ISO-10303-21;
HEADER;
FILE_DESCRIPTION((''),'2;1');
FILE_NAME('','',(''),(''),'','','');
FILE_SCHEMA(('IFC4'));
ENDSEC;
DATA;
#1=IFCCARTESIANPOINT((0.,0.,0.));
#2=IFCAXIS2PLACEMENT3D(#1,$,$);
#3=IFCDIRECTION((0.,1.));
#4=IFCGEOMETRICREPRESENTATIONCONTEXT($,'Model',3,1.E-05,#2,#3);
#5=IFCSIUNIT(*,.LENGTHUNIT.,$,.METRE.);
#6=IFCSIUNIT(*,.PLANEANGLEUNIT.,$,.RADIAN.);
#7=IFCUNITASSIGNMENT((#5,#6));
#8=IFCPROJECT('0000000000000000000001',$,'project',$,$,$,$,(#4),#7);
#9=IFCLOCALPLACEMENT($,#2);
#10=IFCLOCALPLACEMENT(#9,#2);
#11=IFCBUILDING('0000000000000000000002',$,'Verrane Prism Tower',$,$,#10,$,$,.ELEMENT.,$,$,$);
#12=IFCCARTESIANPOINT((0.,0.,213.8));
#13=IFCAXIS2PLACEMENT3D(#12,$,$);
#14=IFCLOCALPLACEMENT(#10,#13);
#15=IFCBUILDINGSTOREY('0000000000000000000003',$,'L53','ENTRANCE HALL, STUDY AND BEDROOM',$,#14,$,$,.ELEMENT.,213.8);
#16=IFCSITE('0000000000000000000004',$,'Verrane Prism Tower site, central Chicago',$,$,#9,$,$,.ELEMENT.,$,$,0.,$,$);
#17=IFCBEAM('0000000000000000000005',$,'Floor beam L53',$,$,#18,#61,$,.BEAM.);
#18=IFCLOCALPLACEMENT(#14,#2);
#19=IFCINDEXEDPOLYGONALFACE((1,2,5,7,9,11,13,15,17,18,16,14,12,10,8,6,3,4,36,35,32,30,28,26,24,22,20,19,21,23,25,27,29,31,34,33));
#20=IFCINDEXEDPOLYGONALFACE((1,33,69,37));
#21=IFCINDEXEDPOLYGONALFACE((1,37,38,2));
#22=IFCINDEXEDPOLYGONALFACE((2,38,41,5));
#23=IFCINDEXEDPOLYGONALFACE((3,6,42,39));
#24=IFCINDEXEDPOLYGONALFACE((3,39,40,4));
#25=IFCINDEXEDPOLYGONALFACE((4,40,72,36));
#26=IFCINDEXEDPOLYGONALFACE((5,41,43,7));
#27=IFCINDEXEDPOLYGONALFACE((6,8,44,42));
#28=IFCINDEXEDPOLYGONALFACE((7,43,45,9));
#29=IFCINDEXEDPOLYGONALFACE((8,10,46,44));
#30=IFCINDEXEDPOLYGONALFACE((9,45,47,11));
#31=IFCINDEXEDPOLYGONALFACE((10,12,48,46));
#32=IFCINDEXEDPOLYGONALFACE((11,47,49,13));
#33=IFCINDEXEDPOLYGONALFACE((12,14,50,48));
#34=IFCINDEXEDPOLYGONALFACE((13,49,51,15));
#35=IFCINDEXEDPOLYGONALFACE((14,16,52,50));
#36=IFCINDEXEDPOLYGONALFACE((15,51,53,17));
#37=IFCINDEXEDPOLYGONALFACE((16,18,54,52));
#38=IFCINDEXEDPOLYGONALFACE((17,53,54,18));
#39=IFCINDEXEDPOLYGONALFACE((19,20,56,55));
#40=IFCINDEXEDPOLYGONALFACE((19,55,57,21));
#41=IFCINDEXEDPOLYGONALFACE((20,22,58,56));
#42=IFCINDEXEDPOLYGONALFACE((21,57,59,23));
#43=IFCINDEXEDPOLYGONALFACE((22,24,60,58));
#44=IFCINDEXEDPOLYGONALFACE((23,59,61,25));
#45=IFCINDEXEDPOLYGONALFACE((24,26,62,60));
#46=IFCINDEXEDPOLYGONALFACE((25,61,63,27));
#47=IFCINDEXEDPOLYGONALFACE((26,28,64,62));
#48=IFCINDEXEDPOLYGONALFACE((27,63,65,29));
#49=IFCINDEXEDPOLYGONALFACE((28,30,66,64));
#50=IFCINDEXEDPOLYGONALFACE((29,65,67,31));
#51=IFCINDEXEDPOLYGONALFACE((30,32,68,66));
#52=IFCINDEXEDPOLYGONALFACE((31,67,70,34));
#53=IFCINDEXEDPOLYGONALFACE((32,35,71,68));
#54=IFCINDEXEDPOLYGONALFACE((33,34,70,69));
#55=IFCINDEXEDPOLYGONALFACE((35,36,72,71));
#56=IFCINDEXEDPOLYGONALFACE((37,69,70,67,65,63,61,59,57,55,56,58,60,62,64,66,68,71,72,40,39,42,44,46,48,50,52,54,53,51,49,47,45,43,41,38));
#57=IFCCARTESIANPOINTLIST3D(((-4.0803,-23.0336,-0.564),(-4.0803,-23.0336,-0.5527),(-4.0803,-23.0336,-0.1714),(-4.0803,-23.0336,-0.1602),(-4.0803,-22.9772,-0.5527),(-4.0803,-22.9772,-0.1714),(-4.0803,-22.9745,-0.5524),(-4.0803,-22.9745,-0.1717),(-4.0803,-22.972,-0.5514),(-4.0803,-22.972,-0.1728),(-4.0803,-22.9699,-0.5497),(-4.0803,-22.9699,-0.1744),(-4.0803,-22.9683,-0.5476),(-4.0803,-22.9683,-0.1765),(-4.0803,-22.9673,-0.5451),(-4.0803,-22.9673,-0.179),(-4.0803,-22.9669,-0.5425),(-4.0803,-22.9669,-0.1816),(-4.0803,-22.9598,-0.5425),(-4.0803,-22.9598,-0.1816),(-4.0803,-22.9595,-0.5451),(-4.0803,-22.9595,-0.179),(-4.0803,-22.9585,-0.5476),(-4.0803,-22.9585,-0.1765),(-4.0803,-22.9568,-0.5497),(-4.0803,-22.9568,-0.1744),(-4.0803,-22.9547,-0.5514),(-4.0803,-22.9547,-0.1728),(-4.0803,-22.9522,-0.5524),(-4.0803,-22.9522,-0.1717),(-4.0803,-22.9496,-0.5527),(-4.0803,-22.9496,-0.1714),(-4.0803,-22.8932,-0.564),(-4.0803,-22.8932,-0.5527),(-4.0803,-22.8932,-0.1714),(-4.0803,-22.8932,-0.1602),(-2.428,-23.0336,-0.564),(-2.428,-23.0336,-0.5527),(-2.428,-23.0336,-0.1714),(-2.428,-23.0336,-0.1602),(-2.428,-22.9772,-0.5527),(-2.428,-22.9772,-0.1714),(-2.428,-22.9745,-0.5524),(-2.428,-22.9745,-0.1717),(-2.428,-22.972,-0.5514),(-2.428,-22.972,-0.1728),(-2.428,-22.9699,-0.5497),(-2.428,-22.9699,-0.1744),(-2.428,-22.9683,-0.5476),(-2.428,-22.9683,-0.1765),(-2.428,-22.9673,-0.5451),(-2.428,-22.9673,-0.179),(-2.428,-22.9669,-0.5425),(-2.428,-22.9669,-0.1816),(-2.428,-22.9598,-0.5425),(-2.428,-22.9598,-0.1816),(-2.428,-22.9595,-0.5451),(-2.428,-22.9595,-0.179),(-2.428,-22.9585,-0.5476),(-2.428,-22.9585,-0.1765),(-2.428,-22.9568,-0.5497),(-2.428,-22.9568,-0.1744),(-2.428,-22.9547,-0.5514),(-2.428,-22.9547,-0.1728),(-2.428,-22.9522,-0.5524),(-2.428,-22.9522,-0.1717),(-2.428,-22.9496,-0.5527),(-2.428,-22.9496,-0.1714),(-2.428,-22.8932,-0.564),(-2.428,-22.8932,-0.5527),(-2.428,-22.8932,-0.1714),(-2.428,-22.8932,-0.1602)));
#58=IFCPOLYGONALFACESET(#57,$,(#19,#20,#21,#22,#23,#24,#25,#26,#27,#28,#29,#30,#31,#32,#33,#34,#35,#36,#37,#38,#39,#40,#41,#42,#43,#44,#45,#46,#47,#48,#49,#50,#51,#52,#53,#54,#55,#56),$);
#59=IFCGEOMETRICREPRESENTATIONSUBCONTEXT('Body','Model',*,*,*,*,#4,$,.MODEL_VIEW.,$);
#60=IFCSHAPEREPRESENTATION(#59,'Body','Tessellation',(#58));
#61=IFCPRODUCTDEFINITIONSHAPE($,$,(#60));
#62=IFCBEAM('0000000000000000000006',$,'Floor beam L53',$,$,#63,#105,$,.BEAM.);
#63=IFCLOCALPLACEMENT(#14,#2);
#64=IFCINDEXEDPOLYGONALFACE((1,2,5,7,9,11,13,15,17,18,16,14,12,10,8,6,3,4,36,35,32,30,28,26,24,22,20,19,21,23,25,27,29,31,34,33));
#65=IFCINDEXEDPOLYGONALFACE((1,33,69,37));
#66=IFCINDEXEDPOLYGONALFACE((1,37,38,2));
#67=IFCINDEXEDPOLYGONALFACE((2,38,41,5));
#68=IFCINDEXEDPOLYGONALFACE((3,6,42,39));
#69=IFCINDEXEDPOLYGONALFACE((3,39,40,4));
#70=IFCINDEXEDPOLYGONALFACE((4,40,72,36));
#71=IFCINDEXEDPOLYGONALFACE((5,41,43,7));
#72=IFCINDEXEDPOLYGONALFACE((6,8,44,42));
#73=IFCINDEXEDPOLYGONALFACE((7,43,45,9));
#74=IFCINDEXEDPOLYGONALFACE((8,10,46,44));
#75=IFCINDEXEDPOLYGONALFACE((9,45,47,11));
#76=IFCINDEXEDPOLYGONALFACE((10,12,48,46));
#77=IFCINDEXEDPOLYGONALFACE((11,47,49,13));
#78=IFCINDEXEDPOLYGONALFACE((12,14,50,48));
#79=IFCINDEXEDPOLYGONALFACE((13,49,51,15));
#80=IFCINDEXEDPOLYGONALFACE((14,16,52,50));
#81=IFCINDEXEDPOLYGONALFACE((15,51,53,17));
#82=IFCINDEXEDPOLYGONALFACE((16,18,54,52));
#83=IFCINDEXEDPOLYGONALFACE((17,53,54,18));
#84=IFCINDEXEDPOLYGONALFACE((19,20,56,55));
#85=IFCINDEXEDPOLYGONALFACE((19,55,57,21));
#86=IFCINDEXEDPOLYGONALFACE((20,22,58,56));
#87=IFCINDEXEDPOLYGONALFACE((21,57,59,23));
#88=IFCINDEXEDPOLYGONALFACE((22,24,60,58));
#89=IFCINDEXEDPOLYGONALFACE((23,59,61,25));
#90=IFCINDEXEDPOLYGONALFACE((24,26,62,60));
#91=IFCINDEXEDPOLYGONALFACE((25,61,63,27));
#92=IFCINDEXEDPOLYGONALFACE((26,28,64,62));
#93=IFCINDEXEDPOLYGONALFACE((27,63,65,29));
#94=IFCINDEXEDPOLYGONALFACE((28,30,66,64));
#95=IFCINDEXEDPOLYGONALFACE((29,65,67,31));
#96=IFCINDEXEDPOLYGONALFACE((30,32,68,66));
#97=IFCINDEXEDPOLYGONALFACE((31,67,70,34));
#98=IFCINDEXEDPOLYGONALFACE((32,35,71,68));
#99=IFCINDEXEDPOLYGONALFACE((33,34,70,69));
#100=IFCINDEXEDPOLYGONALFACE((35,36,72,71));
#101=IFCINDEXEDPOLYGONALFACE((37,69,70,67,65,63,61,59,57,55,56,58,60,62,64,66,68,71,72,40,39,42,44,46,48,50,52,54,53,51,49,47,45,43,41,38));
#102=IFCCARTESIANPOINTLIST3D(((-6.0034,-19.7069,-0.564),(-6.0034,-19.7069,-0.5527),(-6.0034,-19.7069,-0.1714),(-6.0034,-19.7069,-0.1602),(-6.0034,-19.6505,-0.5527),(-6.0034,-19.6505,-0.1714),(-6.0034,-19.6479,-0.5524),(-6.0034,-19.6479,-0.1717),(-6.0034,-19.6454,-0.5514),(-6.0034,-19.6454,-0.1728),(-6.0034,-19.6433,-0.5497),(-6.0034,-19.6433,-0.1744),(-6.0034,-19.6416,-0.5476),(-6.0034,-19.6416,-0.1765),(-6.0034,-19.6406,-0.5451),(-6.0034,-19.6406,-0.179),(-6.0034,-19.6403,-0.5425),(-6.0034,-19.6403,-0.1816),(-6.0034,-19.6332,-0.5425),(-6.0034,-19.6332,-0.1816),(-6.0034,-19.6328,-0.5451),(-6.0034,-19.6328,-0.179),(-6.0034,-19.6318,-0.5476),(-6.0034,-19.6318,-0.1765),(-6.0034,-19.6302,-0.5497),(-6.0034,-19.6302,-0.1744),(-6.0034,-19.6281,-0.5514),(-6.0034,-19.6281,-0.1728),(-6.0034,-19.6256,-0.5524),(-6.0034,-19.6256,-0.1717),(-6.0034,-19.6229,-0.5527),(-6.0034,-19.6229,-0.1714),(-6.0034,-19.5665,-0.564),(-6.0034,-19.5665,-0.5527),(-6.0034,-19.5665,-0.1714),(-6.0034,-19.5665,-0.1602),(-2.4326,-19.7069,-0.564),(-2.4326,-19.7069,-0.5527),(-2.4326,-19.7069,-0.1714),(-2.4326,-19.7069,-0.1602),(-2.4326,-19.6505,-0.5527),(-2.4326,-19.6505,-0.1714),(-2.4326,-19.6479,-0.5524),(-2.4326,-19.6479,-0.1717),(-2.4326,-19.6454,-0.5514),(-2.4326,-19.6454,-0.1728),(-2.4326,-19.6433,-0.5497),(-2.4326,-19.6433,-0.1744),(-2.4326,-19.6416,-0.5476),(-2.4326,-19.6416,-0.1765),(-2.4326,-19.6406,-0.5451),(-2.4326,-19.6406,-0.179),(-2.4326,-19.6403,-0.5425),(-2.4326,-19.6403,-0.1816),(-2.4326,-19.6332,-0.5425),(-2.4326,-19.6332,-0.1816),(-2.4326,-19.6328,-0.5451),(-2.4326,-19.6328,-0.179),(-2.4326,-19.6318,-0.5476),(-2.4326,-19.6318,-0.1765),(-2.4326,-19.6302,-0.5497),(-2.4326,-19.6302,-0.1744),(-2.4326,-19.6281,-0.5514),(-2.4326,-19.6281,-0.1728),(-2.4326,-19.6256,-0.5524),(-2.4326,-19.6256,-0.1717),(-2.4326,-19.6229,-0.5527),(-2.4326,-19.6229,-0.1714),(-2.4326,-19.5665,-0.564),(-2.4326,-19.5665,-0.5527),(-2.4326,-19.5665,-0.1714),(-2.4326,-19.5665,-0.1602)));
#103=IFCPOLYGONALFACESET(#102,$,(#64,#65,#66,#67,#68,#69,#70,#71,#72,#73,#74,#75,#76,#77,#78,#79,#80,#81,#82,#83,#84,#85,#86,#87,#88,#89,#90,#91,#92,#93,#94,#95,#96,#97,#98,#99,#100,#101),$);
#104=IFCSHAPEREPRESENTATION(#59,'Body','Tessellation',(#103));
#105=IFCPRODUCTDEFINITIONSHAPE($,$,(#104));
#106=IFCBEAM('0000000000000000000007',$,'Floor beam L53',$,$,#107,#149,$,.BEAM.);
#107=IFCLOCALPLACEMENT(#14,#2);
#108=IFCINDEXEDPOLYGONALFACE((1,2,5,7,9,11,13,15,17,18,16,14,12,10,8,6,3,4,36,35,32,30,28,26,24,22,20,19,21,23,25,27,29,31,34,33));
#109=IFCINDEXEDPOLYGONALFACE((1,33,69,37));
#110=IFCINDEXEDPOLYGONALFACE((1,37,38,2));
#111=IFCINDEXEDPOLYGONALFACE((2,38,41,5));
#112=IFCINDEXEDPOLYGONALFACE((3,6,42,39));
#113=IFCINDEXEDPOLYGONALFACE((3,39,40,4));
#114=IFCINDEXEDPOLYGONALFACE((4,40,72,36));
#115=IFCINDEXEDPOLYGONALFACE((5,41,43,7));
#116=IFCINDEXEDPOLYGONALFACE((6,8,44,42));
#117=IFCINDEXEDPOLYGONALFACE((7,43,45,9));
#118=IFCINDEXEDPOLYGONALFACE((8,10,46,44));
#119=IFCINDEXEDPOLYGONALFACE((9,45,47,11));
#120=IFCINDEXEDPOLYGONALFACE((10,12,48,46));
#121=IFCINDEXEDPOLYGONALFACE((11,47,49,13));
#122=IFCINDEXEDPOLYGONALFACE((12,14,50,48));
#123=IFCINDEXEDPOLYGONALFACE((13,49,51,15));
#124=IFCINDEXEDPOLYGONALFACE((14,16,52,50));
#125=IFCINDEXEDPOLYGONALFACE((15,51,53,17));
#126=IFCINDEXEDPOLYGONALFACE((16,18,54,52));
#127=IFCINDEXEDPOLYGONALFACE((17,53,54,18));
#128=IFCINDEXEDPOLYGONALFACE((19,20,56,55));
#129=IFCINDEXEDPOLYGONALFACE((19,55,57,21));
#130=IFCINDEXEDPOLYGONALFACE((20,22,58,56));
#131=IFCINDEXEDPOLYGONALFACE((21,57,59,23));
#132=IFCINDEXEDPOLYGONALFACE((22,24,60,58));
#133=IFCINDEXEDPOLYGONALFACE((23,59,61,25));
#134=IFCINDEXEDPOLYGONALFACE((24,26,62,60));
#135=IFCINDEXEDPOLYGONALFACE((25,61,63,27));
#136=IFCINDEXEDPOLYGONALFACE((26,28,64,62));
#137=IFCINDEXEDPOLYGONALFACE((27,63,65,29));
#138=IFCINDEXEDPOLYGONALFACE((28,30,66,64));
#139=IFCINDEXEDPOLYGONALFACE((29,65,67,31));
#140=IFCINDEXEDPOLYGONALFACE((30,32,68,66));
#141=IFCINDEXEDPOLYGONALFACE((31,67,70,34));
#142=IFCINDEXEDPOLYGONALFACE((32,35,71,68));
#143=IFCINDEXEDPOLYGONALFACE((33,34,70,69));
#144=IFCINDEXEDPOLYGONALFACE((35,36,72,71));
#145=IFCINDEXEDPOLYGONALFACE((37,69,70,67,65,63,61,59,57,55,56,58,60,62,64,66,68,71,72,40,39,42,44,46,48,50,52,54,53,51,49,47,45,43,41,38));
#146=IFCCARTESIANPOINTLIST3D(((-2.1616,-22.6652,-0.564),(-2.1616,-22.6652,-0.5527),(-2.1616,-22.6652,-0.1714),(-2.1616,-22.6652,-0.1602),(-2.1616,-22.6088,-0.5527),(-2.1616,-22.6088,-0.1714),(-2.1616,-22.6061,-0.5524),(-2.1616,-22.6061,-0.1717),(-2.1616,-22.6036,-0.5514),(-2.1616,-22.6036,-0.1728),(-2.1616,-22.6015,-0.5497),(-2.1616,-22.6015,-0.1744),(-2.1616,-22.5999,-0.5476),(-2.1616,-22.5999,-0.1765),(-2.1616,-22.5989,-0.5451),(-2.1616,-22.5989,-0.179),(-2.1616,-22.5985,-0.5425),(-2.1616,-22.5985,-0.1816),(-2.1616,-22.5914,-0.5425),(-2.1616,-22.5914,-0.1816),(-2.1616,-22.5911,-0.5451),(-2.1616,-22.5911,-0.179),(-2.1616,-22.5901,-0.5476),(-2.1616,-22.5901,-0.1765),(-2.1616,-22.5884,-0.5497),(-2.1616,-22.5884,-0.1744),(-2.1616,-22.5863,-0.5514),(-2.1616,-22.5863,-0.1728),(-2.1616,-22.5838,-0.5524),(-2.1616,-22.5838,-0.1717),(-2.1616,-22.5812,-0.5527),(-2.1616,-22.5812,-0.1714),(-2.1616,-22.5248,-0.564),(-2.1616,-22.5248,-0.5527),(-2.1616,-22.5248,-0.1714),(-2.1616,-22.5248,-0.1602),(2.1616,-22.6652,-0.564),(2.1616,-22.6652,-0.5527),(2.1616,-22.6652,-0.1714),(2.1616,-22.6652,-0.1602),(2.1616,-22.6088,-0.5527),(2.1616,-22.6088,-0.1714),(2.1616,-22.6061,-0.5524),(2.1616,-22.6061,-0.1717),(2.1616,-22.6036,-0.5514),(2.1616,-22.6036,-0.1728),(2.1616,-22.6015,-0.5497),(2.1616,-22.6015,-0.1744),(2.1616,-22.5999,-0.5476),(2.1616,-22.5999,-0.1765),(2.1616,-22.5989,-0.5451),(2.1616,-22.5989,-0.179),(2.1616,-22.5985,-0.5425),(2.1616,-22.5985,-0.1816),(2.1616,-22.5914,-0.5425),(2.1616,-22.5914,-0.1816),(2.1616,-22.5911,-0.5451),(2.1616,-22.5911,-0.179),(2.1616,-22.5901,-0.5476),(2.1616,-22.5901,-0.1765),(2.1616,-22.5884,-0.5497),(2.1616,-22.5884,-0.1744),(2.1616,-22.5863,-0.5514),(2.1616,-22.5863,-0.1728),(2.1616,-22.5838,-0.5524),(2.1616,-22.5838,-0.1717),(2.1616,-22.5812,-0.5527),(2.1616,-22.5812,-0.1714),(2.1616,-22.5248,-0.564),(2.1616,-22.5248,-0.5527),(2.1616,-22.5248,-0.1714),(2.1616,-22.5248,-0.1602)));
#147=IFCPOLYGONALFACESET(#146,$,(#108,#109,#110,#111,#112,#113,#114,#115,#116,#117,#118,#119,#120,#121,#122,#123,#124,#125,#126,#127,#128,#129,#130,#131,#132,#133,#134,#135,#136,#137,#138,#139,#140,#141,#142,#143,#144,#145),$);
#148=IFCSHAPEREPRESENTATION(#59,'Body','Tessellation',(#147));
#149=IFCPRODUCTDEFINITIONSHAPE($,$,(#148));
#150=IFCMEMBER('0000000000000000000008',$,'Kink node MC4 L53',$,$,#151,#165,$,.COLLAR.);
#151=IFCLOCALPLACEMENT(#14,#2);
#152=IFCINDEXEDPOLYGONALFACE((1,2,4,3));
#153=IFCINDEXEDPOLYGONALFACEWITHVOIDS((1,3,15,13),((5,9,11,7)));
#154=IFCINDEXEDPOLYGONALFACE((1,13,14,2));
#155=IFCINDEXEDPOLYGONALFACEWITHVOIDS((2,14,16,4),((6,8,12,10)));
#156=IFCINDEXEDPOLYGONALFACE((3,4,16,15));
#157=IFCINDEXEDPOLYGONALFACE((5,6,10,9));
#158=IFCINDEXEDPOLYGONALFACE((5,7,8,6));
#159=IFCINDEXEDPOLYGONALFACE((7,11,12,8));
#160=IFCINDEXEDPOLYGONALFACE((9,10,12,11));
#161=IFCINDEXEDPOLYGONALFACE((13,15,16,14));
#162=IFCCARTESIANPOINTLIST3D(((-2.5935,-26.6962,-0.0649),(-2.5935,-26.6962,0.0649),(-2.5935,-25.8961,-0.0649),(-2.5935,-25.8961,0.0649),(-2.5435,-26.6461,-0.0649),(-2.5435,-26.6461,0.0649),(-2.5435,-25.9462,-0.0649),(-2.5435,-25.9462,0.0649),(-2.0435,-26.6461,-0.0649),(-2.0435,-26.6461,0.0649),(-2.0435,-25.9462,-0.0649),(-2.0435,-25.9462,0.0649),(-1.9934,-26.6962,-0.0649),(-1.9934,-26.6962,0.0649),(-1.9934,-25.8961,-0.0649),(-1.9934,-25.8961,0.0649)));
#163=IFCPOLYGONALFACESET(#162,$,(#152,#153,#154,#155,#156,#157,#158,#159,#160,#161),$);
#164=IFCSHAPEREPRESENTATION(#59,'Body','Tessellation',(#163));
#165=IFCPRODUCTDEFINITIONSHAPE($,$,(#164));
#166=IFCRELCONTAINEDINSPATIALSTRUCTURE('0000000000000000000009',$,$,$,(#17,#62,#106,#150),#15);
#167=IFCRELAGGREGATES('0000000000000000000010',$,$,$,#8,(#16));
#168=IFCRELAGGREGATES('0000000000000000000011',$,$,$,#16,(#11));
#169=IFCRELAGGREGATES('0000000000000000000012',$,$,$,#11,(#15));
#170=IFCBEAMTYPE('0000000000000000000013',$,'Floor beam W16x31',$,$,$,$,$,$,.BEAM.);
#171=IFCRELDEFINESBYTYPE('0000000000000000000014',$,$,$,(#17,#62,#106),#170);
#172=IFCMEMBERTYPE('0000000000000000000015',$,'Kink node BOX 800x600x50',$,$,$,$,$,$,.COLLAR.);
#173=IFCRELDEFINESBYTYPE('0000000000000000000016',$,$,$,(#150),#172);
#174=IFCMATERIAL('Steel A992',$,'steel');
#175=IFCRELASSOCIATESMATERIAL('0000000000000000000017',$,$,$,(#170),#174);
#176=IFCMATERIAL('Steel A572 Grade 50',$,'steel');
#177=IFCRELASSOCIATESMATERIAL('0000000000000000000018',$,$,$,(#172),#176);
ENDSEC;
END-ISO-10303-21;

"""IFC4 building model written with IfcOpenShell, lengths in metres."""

from ifc_helpers import new_model, si_unit, direction, frame, origin, origin_2d, place, context, subcontext, project, spatial, hollow_rectangle, i_section, extrude, material, material_profile, profile_set, type_object, element, save


model = new_model("IFC4")

# Units and contexts
model_context = context("Model", 3, precision=1e-05, world=origin(), true_north=direction((0.0, 1.0)))
body_context = subcontext(model_context, "Body", "Model", "MODEL_VIEW")
ifc_project = project(units=[si_unit("LENGTHUNIT", "METRE"), si_unit("PLANEANGLEUNIT", "RADIAN")], contexts=[model_context])

# Site, building, storey
site_placement = place(None, origin())
site = spatial("IfcSite", under=ifc_project, at=site_placement, Name="Verrane Prism Tower site, central Chicago", CompositionType="ELEMENT", RefElevation=0.0)
building_placement = place(site_placement, origin())
building = spatial("IfcBuilding", under=site, at=building_placement, Name="Verrane Prism Tower", CompositionType="ELEMENT")
storey_placement = place(building_placement, frame((0.0, 0.0, 213.8)))
storey = spatial("IfcBuildingStorey", under=building, at=storey_placement, Name="L53", Description="ENTRANCE HALL, STUDY AND BEDROOM", CompositionType="ELEMENT", Elevation=213.8)

# Beams
ifc_material_1 = material(Name="Steel A992", Category="steel")
ifc_material_profile_1 = material_profile(ifc_material_1, i_section(OverallWidth=0.1404, OverallDepth=0.4038, WebThickness=0.0071, FlangeThickness=0.0112, FilletRadius=0.0103, at=origin_2d()), Name="W16x31")
ifc_profile_set_1 = profile_set([ifc_material_profile_1], Name="Steel A992")
beam_type_1 = type_object("IfcBeamType", Name="Floor beam W16x31", PredefinedType="BEAM", material=ifc_profile_set_1)
beam_1_placement = place(storey_placement, frame((-4.0803, -22.9634, -0.3621), z_axis=(1.0, 0.0, 0.0), x_axis=(0.0, 1.0, 0.0)))
element("IfcBeam", 1, at=beam_1_placement, inside=storey, type_object=beam_type_1, Name="Floor beam L53", PredefinedType="BEAM", context=body_context, shape_type="SweptSolid", body=[
    extrude(i_section(OverallWidth=0.1404, OverallDepth=0.4038, WebThickness=0.0071, FlangeThickness=0.0112, FilletRadius=0.0103, at=origin_2d()), origin(), (0.0, 0.0, 1.0), 1.6523),
])
beam_2_placement = place(storey_placement, frame((-6.0034, -19.6367, -0.3621), z_axis=(1.0, 0.0, 0.0), x_axis=(0.0, 1.0, 0.0)))
element("IfcBeam", 2, at=beam_2_placement, inside=storey, type_object=beam_type_1, Name="Floor beam L53", PredefinedType="BEAM", context=body_context, shape_type="SweptSolid", body=[
    extrude(i_section(OverallWidth=0.1404, OverallDepth=0.4038, WebThickness=0.0071, FlangeThickness=0.0112, FilletRadius=0.0103, at=origin_2d()), origin(), (0.0, 0.0, 1.0), 3.5708),
])
beam_3_placement = place(storey_placement, frame((-2.1616, -22.595, -0.3621), z_axis=(1.0, 0.0, 0.0), x_axis=(0.0, 1.0, 0.0)))
element("IfcBeam", 3, at=beam_3_placement, inside=storey, type_object=beam_type_1, Name="Floor beam L53", PredefinedType="BEAM", context=body_context, shape_type="SweptSolid", body=[
    extrude(i_section(OverallWidth=0.1404, OverallDepth=0.4038, WebThickness=0.0071, FlangeThickness=0.0112, FilletRadius=0.0103, at=origin_2d()), origin(), (0.0, 0.0, 1.0), 4.3232),
])

# Member
ifc_material_2 = material(Name="Steel A572 Grade 50", Category="steel")
ifc_material_profile_2 = material_profile(ifc_material_2, hollow_rectangle(XDim=0.6001, YDim=0.8, WallThickness=0.05, at=origin_2d()), Name="BOX 800x600x50")
ifc_profile_set_2 = profile_set([ifc_material_profile_2], Name="Steel A572 Grade 50")
member_type_1 = type_object("IfcMemberType", Name="Kink node BOX 800x600x50", PredefinedType="COLLAR", material=ifc_profile_set_2)
member_1_placement = place(storey_placement, frame((-2.2935, -26.2961, -0.0649), z_axis=(0.0, 0.0, 1.0), x_axis=(-1.0, 0.0, 0.0)))
element("IfcMember", 4, at=member_1_placement, inside=storey, type_object=member_type_1, Name="Kink node MC4 L53", PredefinedType="COLLAR", context=body_context, shape_type="SweptSolid", body=[
    extrude(hollow_rectangle(XDim=0.6001, YDim=0.8, WallThickness=0.05, at=origin_2d()), origin(), (0.0, 0.0, 1.0), 0.1299),
])

save(model, "model.ifc")
